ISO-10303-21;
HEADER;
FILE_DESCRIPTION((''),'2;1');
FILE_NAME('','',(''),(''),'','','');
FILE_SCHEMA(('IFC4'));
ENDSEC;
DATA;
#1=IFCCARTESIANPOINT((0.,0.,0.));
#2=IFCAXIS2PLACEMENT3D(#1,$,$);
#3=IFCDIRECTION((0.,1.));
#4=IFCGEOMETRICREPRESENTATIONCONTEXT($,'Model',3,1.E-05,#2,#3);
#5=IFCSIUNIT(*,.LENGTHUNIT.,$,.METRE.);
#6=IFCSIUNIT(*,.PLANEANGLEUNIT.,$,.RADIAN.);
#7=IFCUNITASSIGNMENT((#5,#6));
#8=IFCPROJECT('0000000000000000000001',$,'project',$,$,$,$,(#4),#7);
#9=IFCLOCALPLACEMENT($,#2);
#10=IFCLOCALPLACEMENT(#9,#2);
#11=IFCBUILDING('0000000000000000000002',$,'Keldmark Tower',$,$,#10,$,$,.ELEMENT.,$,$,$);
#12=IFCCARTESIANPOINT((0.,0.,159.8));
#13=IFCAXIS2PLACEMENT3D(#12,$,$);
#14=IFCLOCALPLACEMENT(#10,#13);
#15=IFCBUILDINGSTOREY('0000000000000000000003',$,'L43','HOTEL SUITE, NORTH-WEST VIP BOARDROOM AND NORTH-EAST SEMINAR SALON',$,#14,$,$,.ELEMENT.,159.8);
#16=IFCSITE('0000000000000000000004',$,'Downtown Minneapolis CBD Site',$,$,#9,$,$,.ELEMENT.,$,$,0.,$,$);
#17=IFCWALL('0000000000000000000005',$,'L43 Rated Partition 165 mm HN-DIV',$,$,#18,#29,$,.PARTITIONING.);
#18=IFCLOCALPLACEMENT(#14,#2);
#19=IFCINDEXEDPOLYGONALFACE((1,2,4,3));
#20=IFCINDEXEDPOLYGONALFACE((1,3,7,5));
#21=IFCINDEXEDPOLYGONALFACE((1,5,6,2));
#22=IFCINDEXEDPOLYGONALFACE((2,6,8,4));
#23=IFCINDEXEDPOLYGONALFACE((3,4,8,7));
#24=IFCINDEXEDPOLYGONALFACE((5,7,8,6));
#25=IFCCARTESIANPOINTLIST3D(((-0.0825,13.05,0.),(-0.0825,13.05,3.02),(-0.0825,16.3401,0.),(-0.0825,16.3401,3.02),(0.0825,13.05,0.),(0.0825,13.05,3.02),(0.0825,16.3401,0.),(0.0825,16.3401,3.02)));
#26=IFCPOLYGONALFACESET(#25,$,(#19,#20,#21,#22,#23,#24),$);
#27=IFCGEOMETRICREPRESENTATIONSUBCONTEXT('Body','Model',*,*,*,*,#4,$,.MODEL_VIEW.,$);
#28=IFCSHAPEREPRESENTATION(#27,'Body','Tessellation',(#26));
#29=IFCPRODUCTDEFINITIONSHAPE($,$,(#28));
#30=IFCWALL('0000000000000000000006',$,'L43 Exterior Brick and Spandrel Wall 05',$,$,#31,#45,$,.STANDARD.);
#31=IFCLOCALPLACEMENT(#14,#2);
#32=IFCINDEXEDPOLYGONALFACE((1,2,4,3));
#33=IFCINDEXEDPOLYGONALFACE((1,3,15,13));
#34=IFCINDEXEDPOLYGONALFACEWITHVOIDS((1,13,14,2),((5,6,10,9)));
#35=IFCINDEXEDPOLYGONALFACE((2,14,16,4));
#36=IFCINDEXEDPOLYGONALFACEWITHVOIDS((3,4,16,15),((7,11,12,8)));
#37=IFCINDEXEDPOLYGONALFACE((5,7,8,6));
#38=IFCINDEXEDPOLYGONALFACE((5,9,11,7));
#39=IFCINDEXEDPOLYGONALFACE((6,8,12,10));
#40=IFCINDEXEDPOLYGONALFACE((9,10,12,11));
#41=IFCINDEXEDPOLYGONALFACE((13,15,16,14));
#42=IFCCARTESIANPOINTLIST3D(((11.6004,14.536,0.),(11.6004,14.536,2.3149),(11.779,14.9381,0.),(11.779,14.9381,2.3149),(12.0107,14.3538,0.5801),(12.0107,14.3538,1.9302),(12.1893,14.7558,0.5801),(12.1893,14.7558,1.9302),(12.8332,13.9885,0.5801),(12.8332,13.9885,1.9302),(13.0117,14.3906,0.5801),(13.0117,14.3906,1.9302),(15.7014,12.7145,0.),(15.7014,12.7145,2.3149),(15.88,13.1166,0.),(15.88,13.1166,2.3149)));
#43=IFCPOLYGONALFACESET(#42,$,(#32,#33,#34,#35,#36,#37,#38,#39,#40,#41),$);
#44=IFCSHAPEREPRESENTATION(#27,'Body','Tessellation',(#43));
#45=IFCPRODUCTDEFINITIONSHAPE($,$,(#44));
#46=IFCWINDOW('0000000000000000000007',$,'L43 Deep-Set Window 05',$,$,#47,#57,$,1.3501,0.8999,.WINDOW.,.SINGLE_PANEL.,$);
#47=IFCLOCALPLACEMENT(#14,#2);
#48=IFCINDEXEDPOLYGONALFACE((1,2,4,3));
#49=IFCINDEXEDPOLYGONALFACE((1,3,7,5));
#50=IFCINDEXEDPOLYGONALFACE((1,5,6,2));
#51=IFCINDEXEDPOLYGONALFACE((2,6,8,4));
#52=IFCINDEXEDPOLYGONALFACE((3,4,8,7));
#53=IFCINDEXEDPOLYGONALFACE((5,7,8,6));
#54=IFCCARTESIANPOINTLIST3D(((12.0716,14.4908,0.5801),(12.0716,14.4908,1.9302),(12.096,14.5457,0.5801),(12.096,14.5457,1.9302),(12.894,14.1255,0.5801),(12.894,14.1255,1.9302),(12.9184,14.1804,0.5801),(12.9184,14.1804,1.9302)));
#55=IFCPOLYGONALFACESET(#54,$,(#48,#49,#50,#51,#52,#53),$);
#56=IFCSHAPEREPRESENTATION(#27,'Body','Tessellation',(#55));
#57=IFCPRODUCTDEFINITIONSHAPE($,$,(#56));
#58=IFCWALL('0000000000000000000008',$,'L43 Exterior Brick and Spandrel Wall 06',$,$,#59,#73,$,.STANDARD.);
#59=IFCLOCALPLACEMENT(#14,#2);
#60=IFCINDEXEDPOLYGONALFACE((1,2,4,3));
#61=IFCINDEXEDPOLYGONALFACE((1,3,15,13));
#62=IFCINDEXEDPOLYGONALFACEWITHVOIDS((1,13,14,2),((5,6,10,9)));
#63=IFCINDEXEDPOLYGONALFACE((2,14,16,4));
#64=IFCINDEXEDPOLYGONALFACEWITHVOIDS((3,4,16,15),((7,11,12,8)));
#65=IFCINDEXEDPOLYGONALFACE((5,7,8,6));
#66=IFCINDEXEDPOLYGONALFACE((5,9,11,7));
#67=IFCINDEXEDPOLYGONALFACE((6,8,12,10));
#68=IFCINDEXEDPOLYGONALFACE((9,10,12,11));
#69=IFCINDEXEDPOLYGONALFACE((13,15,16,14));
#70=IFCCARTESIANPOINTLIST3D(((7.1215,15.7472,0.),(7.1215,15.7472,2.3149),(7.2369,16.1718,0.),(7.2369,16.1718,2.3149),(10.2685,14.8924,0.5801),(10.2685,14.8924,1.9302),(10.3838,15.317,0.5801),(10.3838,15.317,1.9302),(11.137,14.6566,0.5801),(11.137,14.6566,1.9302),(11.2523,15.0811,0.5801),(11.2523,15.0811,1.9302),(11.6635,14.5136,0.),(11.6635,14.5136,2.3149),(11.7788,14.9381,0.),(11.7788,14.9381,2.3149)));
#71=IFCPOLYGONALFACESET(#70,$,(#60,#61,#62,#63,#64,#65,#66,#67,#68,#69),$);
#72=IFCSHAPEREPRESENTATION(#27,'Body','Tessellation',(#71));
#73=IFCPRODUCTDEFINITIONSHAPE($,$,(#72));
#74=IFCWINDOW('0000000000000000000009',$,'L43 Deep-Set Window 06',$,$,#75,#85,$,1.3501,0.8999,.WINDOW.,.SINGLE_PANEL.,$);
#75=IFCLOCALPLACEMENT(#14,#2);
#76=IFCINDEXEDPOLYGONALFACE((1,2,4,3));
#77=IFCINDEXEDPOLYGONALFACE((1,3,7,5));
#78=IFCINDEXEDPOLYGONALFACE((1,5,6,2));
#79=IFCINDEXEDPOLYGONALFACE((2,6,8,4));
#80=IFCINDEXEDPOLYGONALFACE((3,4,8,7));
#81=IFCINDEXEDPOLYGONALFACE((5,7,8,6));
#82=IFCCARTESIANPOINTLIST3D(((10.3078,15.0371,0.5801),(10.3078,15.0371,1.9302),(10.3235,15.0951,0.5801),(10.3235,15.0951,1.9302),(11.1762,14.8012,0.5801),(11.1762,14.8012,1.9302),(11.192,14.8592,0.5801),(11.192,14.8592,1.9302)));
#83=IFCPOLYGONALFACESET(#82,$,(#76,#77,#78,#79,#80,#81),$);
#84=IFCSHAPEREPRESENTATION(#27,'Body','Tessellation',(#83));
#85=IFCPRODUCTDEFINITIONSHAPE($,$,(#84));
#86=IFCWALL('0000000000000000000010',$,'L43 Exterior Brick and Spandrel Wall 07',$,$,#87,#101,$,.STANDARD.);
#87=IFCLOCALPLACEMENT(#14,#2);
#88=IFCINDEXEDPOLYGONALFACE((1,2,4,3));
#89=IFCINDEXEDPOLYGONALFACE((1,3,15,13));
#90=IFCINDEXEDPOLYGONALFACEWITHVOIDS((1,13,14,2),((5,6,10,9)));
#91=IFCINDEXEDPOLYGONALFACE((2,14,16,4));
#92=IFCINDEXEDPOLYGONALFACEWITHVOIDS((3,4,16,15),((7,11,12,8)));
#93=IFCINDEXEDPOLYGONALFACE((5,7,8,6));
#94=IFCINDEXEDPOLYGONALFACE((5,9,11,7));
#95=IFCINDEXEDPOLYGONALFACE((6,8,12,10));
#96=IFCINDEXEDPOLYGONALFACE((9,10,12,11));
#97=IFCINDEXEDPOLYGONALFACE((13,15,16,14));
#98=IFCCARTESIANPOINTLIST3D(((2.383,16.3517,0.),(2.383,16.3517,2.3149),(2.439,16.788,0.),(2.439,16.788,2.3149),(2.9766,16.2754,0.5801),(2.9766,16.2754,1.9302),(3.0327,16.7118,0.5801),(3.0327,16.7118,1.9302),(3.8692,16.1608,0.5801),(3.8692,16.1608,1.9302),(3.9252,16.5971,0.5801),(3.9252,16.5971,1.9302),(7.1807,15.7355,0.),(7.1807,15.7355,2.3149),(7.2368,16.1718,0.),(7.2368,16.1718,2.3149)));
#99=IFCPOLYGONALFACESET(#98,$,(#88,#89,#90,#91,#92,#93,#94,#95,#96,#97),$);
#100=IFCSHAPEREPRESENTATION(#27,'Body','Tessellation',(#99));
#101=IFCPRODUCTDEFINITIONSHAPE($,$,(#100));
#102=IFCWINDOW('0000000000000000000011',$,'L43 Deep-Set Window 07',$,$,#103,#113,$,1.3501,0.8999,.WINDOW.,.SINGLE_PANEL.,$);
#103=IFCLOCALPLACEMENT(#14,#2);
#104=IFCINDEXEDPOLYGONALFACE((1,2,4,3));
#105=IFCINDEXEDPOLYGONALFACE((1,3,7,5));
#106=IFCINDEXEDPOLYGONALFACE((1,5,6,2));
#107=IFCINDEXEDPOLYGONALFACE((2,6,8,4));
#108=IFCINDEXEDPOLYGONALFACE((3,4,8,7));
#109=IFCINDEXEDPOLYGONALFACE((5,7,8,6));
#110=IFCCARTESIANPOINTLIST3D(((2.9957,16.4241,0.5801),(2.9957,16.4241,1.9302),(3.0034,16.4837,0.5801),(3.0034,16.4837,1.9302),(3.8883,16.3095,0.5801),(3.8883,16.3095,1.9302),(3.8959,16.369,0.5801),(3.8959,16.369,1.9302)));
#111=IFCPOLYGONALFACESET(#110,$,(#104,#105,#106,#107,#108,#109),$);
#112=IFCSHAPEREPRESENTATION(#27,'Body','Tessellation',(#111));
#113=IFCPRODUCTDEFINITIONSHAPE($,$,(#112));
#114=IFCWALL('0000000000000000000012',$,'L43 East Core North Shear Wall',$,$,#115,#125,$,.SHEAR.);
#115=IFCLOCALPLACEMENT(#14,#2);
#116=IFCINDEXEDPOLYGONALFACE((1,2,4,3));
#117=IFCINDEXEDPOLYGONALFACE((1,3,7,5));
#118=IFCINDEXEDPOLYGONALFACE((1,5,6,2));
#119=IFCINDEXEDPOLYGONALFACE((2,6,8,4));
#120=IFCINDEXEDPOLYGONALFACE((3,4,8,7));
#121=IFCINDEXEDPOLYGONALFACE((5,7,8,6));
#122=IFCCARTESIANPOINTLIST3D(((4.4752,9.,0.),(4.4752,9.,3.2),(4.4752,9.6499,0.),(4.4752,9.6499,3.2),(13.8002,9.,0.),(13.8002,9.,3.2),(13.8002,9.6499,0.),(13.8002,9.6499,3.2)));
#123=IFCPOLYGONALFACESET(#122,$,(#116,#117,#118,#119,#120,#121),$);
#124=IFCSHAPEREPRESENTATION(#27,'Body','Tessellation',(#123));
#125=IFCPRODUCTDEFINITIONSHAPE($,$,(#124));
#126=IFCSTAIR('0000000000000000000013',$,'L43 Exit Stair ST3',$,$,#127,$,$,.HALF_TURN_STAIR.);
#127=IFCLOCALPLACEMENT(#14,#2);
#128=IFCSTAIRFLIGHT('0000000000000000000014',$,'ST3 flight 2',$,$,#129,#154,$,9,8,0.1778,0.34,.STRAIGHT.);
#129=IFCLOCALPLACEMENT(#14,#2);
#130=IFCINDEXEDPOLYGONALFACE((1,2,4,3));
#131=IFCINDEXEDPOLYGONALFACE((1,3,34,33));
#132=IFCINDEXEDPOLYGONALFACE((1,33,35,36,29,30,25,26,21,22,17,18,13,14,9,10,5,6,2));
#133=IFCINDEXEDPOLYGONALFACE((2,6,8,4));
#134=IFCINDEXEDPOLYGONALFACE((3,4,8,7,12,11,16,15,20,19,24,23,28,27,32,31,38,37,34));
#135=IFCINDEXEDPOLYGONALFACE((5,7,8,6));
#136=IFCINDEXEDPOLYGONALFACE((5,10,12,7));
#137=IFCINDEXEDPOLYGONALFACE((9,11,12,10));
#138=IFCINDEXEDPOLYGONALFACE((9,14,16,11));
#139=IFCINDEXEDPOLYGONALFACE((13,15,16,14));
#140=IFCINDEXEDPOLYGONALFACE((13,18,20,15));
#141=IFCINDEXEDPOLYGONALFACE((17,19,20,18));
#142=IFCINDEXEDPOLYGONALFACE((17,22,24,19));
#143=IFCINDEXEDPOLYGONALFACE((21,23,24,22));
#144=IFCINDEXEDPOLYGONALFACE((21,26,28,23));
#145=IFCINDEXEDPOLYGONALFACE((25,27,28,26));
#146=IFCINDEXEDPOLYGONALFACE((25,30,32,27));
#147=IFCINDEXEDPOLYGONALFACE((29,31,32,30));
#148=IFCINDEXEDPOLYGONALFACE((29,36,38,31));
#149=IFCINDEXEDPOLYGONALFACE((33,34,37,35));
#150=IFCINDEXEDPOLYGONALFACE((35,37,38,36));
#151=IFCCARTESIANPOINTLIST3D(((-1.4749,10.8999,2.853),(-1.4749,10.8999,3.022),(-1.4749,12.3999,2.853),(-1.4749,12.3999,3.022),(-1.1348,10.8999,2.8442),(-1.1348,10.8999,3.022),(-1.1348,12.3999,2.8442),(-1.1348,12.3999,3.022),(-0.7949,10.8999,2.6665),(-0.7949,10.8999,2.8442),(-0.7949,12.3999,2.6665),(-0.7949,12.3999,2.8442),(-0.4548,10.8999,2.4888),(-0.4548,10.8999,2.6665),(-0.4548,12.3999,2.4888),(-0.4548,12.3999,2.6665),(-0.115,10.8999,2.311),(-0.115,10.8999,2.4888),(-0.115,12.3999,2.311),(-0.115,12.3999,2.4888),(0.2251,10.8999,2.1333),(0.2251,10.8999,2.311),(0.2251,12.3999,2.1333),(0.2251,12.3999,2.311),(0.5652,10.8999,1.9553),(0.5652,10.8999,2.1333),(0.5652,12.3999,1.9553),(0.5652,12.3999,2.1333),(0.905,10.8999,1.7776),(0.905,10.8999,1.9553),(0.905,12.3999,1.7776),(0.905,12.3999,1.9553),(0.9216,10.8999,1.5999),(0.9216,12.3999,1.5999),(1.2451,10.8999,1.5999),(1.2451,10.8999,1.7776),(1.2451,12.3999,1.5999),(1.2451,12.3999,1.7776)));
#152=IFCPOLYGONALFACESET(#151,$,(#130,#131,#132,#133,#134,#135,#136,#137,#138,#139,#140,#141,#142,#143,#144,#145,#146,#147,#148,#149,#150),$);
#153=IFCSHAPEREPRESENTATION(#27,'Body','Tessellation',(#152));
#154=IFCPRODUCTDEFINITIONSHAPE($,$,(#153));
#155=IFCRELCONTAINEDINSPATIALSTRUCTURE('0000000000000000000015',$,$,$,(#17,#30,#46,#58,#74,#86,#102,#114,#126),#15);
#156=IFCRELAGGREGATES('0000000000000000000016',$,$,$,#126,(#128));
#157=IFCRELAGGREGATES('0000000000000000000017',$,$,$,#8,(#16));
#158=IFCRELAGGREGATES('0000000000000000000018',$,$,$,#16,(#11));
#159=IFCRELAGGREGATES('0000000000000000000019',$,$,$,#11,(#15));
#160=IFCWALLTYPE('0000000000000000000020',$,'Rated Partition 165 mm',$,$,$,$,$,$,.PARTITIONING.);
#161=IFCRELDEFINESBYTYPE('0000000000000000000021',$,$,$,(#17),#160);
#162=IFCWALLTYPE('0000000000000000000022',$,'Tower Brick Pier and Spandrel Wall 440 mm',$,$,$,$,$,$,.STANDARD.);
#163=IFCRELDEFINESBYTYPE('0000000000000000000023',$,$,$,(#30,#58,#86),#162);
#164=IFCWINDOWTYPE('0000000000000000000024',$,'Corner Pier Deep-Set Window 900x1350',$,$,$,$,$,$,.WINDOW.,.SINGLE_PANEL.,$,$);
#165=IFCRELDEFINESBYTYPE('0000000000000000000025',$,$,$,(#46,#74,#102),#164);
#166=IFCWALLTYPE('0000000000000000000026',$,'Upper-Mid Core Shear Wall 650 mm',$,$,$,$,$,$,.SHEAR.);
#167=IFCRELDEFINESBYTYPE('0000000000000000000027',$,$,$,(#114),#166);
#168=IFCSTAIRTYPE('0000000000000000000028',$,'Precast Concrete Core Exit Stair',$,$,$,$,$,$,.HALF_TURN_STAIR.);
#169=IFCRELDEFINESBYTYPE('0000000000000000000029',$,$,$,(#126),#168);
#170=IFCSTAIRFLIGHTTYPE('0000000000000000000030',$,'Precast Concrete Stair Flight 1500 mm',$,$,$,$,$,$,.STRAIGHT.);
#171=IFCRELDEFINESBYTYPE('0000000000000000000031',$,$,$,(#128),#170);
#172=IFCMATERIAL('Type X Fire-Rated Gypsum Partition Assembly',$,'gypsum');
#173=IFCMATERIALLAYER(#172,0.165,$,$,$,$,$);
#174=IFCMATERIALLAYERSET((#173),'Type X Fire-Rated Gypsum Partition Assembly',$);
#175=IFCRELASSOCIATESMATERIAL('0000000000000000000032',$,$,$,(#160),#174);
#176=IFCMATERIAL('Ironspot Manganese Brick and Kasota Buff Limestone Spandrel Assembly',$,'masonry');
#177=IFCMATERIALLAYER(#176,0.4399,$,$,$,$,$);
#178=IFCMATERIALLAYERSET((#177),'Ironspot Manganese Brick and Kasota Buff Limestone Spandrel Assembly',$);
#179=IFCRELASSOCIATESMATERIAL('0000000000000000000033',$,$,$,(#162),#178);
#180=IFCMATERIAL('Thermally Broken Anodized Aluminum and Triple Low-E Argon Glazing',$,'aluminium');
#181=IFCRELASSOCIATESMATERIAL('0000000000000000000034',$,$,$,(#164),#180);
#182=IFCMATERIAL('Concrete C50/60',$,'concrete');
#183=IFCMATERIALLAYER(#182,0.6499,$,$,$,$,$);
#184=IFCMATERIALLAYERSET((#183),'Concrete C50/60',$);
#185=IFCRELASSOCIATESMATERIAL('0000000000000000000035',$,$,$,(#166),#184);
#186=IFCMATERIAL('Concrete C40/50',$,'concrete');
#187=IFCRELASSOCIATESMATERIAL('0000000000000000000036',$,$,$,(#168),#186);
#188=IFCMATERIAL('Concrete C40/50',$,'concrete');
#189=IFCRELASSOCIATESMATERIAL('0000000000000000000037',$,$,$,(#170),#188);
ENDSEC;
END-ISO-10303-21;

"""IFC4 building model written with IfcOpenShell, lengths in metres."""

from ifc_helpers import new_model, si_unit, direction, frame, frame_2d, origin, place, context, subcontext, project, spatial, polyline, rectangle, outline, extrude, material, layer, layer_set, type_object, element, fill, aggregate, save


model = new_model("IFC4")

# Units and contexts
model_context = context("Model", 3, precision=1e-05, world=origin(), true_north=direction((0.0, 1.0)))
body_context = subcontext(model_context, "Body", "Model", "MODEL_VIEW")
ifc_project = project(units=[si_unit("LENGTHUNIT", "METRE"), si_unit("PLANEANGLEUNIT", "RADIAN")], contexts=[model_context])

# Site, building, storey
site_placement = place(None, origin())
site = spatial("IfcSite", under=ifc_project, at=site_placement, Name="Downtown Minneapolis CBD Site", CompositionType="ELEMENT", RefElevation=0.0)
building_placement = place(site_placement, origin())
building = spatial("IfcBuilding", under=site, at=building_placement, Name="Keldmark Tower", CompositionType="ELEMENT")
storey_placement = place(building_placement, frame((0.0, 0.0, 159.8)))
storey = spatial("IfcBuildingStorey", under=building, at=storey_placement, Name="L43", Description="HOTEL SUITE, NORTH-WEST VIP BOARDROOM AND NORTH-EAST SEMINAR SALON", CompositionType="ELEMENT", Elevation=159.8)

# Wall
ifc_material_1 = material(Name="Type X Fire-Rated Gypsum Partition Assembly", Category="gypsum")
ifc_layer_1 = layer(ifc_material_1, 0.165)
ifc_layer_set_1 = layer_set([ifc_layer_1], Name="Type X Fire-Rated Gypsum Partition Assembly")
wall_type_1 = type_object("IfcWallType", Name="Rated Partition 165 mm", PredefinedType="PARTITIONING", material=ifc_layer_set_1)
wall_1_placement = place(storey_placement, frame((0.0, 13.05, 0.0), z_axis=(0.0, 0.0, 1.0), x_axis=(0.0, 1.0, 0.0)))
element("IfcWall", 1, at=wall_1_placement, inside=storey, type_object=wall_type_1, Name="L43 Rated Partition 165 mm HN-DIV", PredefinedType="PARTITIONING", context=body_context, shape_type="SweptSolid", body=[
    extrude(rectangle(XDim=3.29, YDim=0.165, at=frame_2d((1.645, 0.0))), origin(), (0.0, 0.0, 1.0), 3.02),
])

# Walls, openings, windows
ifc_material_2 = material(Name="Ironspot Manganese Brick and Kasota Buff Limestone Spandrel Assembly", Category="masonry")
ifc_layer_2 = layer(ifc_material_2, 0.4399)
ifc_layer_set_2 = layer_set([ifc_layer_2], Name="Ironspot Manganese Brick and Kasota Buff Limestone Spandrel Assembly")
wall_type_2 = type_object("IfcWallType", Name="Tower Brick Pier and Spandrel Wall 440 mm", PredefinedType="STANDARD", material=ifc_layer_set_2)
wall_2_placement = place(storey_placement, frame((11.6897, 14.7371, 0.0), z_axis=(0.0, 0.0, 1.0), x_axis=(0.913908, -0.405921, 0.0)))
wall_2 = element("IfcWall", 2, at=wall_2_placement, inside=storey, type_object=wall_type_2, Name="L43 Exterior Brick and Spandrel Wall 05", PredefinedType="STANDARD", context=body_context, shape_type="SweptSolid", body=[
    extrude(rectangle(XDim=4.4873, YDim=0.4399, at=frame_2d((2.2437, 0.0))), origin(), (0.0, 0.0, 1.0), 2.3149),
])
opening_1_placement = place(wall_2_placement, frame((0.449, 0.0, 0.5801)))
opening_1 = element("IfcOpeningElement", 3, at=opening_1_placement, cuts=wall_2, PredefinedType="OPENING", context=body_context, shape_type="SweptSolid", body=[
    extrude(rectangle(XDim=0.8999, YDim=1.3501, at=frame_2d((0.45, 0.675))), frame((0.0, 0.23, 0.0), z_axis=(0.0, -1.0, 0.0), x_axis=(1.0, 0.0, 0.0)), (0.0, 0.0, 1.0), 0.46),
])
ifc_material_3 = material(Name="Thermally Broken Anodized Aluminum and Triple Low-E Argon Glazing", Category="aluminium")
window_type = type_object("IfcWindowType", Name="Corner Pier Deep-Set Window 900x1350", PartitioningType="SINGLE_PANEL", PredefinedType="WINDOW", material=ifc_material_3)
window_1_placement = place(opening_1_placement, origin())
window_1 = element("IfcWindow", 4, at=window_1_placement, inside=storey, type_object=window_type, Name="L43 Deep-Set Window 05", OverallHeight=1.3501, OverallWidth=0.8999, PartitioningType="SINGLE_PANEL", PredefinedType="WINDOW", context=body_context, shape_type="SweptSolid", body=[
    extrude(rectangle(XDim=0.8999, YDim=1.3501, at=frame_2d((0.45, 0.675))), frame((0.0, -0.01, 0.0), z_axis=(0.0, -1.0, 0.0), x_axis=(1.0, 0.0, 0.0)), (0.0, 0.0, 1.0), 0.0601),
])
fill(opening_1, window_1)
wall_3_placement = place(storey_placement, frame((7.1792, 15.9595, 0.0), z_axis=(0.0, 0.0, 1.0), x_axis=(0.965037, -0.262112, 0.0)))
wall_3 = element("IfcWall", 5, at=wall_3_placement, inside=storey, type_object=wall_type_2, Name="L43 Exterior Brick and Spandrel Wall 06", PredefinedType="STANDARD", context=body_context, shape_type="SweptSolid", body=[
    extrude(rectangle(XDim=4.7065, YDim=0.4399, at=frame_2d((2.3533, 0.0))), origin(), (0.0, 0.0, 1.0), 2.3149),
])
opening_2_placement = place(wall_3_placement, frame((3.261, 0.0, 0.5801)))
opening_2 = element("IfcOpeningElement", 6, at=opening_2_placement, cuts=wall_3, PredefinedType="OPENING", context=body_context, shape_type="SweptSolid", body=[
    extrude(rectangle(XDim=0.8999, YDim=1.3501, at=frame_2d((0.45, 0.675))), frame((0.0, 0.23, 0.0), z_axis=(0.0, -1.0, 0.0), x_axis=(1.0, 0.0, 0.0)), (0.0, 0.0, 1.0), 0.46),
])
window_2_placement = place(opening_2_placement, origin())
window_2 = element("IfcWindow", 7, at=window_2_placement, inside=storey, type_object=window_type, Name="L43 Deep-Set Window 06", OverallHeight=1.3501, OverallWidth=0.8999, PartitioningType="SINGLE_PANEL", PredefinedType="WINDOW", context=body_context, shape_type="SweptSolid", body=[
    extrude(rectangle(XDim=0.8999, YDim=1.3501, at=frame_2d((0.45, 0.675))), frame((0.0, -0.01, 0.0), z_axis=(0.0, -1.0, 0.0), x_axis=(1.0, 0.0, 0.0)), (0.0, 0.0, 1.0), 0.0601),
])
fill(opening_2, window_2)
wall_4_placement = place(storey_placement, frame((2.4111, 16.5698, 0.0), z_axis=(0.0, 0.0, 1.0), x_axis=(0.991853, -0.127388, 0.0)))
wall_4 = element("IfcWall", 8, at=wall_4_placement, inside=storey, type_object=wall_type_2, Name="L43 Exterior Brick and Spandrel Wall 07", PredefinedType="STANDARD", context=body_context, shape_type="SweptSolid", body=[
    extrude(rectangle(XDim=4.8372, YDim=0.4399, at=frame_2d((2.4185, 0.0))), origin(), (0.0, 0.0, 1.0), 2.3149),
])
opening_3_placement = place(wall_4_placement, frame((0.5984, 0.0, 0.5801)))
opening_3 = element("IfcOpeningElement", 9, at=opening_3_placement, cuts=wall_4, PredefinedType="OPENING", context=body_context, shape_type="SweptSolid", body=[
    extrude(rectangle(XDim=0.8999, YDim=1.3501, at=frame_2d((0.45, 0.675))), frame((0.0, 0.23, 0.0), z_axis=(0.0, -1.0, 0.0), x_axis=(1.0, 0.0, 0.0)), (0.0, 0.0, 1.0), 0.46),
])
window_3_placement = place(opening_3_placement, origin())
window_3 = element("IfcWindow", 10, at=window_3_placement, inside=storey, type_object=window_type, Name="L43 Deep-Set Window 07", OverallHeight=1.3501, OverallWidth=0.8999, PartitioningType="SINGLE_PANEL", PredefinedType="WINDOW", context=body_context, shape_type="SweptSolid", body=[
    extrude(rectangle(XDim=0.8999, YDim=1.3501, at=frame_2d((0.45, 0.675))), frame((0.0, -0.01, 0.0), z_axis=(0.0, -1.0, 0.0), x_axis=(1.0, 0.0, 0.0)), (0.0, 0.0, 1.0), 0.0601),
])
fill(opening_3, window_3)

# Wall
ifc_material_4 = material(Name="Concrete C50/60", Category="concrete")
ifc_layer_3 = layer(ifc_material_4, 0.6499)
ifc_layer_set_3 = layer_set([ifc_layer_3], Name="Concrete C50/60")
wall_type_3 = type_object("IfcWallType", Name="Upper-Mid Core Shear Wall 650 mm", PredefinedType="SHEAR", material=ifc_layer_set_3)
wall_5_placement = place(storey_placement, frame((4.4751, 9.325, 0.0), z_axis=(0.0, 0.0, 1.0), x_axis=(1.0, 0.0, 0.0)))
element("IfcWall", 11, at=wall_5_placement, inside=storey, type_object=wall_type_3, Name="L43 East Core North Shear Wall", PredefinedType="SHEAR", context=body_context, shape_type="SweptSolid", body=[
    extrude(rectangle(XDim=9.325, YDim=0.6499, at=frame_2d((4.6626, 0.0))), origin(), (0.0, 0.0, 1.0), 3.2),
])

# Stair, stair flight
ifc_material_5 = material(Name="Concrete C40/50", Category="concrete")
stair_type = type_object("IfcStairType", Name="Precast Concrete Core Exit Stair", PredefinedType="HALF_TURN_STAIR", material=ifc_material_5)
stair_placement = place(storey_placement, origin())
stair = element("IfcStair", 12, at=stair_placement, inside=storey, type_object=stair_type, Name="L43 Exit Stair ST3", PredefinedType="HALF_TURN_STAIR")
ifc_material_6 = material(Name="Concrete C40/50", Category="concrete")
stair_flight_type = type_object("IfcStairFlightType", Name="Precast Concrete Stair Flight 1500 mm", PredefinedType="STRAIGHT", material=ifc_material_6)
stair_flight_placement = place(storey_placement, frame((1.2451, 11.6499, 1.5999), z_axis=(0.0, 0.0, 1.0), x_axis=(-1.0, 0.0, 0.0)))
stair_flight = element("IfcStairFlight", 13, at=stair_flight_placement, type_object=stair_flight_type, Name="ST3 flight 2", NumberOfRisers=9, NumberOfTreads=8, PredefinedType="STRAIGHT", RiserHeight=0.1778, TreadLength=0.34, context=body_context, shape_type="SweptSolid", body=[
    extrude(outline(polyline([(0.0, 0.0), (0.0, 0.1777), (0.3401, 0.1777), (0.3401, 0.3555), (0.6799, 0.3555), (0.6799, 0.5334), (1.02, 0.5334), (1.02, 0.7112), (1.3601, 0.7112), (1.3601, 0.8889), (1.7, 0.8889), (1.7, 1.0667), (2.04, 1.0667), (2.04, 1.2444), (2.3799, 1.2444), (2.3799, 1.4221), (2.72, 1.4221), (2.72, 1.6001), (2.72, 1.2532), (0.3235, 0.0), (0.0, 0.0)])), frame((0.0, 0.75, 0.0), z_axis=(0.0, -1.0, 0.0), x_axis=(1.0, 0.0, 0.0)), (0.0, 0.0, 1.0), 1.5),
])
aggregate(stair, [stair_flight])

save(model, "model.ifc")
